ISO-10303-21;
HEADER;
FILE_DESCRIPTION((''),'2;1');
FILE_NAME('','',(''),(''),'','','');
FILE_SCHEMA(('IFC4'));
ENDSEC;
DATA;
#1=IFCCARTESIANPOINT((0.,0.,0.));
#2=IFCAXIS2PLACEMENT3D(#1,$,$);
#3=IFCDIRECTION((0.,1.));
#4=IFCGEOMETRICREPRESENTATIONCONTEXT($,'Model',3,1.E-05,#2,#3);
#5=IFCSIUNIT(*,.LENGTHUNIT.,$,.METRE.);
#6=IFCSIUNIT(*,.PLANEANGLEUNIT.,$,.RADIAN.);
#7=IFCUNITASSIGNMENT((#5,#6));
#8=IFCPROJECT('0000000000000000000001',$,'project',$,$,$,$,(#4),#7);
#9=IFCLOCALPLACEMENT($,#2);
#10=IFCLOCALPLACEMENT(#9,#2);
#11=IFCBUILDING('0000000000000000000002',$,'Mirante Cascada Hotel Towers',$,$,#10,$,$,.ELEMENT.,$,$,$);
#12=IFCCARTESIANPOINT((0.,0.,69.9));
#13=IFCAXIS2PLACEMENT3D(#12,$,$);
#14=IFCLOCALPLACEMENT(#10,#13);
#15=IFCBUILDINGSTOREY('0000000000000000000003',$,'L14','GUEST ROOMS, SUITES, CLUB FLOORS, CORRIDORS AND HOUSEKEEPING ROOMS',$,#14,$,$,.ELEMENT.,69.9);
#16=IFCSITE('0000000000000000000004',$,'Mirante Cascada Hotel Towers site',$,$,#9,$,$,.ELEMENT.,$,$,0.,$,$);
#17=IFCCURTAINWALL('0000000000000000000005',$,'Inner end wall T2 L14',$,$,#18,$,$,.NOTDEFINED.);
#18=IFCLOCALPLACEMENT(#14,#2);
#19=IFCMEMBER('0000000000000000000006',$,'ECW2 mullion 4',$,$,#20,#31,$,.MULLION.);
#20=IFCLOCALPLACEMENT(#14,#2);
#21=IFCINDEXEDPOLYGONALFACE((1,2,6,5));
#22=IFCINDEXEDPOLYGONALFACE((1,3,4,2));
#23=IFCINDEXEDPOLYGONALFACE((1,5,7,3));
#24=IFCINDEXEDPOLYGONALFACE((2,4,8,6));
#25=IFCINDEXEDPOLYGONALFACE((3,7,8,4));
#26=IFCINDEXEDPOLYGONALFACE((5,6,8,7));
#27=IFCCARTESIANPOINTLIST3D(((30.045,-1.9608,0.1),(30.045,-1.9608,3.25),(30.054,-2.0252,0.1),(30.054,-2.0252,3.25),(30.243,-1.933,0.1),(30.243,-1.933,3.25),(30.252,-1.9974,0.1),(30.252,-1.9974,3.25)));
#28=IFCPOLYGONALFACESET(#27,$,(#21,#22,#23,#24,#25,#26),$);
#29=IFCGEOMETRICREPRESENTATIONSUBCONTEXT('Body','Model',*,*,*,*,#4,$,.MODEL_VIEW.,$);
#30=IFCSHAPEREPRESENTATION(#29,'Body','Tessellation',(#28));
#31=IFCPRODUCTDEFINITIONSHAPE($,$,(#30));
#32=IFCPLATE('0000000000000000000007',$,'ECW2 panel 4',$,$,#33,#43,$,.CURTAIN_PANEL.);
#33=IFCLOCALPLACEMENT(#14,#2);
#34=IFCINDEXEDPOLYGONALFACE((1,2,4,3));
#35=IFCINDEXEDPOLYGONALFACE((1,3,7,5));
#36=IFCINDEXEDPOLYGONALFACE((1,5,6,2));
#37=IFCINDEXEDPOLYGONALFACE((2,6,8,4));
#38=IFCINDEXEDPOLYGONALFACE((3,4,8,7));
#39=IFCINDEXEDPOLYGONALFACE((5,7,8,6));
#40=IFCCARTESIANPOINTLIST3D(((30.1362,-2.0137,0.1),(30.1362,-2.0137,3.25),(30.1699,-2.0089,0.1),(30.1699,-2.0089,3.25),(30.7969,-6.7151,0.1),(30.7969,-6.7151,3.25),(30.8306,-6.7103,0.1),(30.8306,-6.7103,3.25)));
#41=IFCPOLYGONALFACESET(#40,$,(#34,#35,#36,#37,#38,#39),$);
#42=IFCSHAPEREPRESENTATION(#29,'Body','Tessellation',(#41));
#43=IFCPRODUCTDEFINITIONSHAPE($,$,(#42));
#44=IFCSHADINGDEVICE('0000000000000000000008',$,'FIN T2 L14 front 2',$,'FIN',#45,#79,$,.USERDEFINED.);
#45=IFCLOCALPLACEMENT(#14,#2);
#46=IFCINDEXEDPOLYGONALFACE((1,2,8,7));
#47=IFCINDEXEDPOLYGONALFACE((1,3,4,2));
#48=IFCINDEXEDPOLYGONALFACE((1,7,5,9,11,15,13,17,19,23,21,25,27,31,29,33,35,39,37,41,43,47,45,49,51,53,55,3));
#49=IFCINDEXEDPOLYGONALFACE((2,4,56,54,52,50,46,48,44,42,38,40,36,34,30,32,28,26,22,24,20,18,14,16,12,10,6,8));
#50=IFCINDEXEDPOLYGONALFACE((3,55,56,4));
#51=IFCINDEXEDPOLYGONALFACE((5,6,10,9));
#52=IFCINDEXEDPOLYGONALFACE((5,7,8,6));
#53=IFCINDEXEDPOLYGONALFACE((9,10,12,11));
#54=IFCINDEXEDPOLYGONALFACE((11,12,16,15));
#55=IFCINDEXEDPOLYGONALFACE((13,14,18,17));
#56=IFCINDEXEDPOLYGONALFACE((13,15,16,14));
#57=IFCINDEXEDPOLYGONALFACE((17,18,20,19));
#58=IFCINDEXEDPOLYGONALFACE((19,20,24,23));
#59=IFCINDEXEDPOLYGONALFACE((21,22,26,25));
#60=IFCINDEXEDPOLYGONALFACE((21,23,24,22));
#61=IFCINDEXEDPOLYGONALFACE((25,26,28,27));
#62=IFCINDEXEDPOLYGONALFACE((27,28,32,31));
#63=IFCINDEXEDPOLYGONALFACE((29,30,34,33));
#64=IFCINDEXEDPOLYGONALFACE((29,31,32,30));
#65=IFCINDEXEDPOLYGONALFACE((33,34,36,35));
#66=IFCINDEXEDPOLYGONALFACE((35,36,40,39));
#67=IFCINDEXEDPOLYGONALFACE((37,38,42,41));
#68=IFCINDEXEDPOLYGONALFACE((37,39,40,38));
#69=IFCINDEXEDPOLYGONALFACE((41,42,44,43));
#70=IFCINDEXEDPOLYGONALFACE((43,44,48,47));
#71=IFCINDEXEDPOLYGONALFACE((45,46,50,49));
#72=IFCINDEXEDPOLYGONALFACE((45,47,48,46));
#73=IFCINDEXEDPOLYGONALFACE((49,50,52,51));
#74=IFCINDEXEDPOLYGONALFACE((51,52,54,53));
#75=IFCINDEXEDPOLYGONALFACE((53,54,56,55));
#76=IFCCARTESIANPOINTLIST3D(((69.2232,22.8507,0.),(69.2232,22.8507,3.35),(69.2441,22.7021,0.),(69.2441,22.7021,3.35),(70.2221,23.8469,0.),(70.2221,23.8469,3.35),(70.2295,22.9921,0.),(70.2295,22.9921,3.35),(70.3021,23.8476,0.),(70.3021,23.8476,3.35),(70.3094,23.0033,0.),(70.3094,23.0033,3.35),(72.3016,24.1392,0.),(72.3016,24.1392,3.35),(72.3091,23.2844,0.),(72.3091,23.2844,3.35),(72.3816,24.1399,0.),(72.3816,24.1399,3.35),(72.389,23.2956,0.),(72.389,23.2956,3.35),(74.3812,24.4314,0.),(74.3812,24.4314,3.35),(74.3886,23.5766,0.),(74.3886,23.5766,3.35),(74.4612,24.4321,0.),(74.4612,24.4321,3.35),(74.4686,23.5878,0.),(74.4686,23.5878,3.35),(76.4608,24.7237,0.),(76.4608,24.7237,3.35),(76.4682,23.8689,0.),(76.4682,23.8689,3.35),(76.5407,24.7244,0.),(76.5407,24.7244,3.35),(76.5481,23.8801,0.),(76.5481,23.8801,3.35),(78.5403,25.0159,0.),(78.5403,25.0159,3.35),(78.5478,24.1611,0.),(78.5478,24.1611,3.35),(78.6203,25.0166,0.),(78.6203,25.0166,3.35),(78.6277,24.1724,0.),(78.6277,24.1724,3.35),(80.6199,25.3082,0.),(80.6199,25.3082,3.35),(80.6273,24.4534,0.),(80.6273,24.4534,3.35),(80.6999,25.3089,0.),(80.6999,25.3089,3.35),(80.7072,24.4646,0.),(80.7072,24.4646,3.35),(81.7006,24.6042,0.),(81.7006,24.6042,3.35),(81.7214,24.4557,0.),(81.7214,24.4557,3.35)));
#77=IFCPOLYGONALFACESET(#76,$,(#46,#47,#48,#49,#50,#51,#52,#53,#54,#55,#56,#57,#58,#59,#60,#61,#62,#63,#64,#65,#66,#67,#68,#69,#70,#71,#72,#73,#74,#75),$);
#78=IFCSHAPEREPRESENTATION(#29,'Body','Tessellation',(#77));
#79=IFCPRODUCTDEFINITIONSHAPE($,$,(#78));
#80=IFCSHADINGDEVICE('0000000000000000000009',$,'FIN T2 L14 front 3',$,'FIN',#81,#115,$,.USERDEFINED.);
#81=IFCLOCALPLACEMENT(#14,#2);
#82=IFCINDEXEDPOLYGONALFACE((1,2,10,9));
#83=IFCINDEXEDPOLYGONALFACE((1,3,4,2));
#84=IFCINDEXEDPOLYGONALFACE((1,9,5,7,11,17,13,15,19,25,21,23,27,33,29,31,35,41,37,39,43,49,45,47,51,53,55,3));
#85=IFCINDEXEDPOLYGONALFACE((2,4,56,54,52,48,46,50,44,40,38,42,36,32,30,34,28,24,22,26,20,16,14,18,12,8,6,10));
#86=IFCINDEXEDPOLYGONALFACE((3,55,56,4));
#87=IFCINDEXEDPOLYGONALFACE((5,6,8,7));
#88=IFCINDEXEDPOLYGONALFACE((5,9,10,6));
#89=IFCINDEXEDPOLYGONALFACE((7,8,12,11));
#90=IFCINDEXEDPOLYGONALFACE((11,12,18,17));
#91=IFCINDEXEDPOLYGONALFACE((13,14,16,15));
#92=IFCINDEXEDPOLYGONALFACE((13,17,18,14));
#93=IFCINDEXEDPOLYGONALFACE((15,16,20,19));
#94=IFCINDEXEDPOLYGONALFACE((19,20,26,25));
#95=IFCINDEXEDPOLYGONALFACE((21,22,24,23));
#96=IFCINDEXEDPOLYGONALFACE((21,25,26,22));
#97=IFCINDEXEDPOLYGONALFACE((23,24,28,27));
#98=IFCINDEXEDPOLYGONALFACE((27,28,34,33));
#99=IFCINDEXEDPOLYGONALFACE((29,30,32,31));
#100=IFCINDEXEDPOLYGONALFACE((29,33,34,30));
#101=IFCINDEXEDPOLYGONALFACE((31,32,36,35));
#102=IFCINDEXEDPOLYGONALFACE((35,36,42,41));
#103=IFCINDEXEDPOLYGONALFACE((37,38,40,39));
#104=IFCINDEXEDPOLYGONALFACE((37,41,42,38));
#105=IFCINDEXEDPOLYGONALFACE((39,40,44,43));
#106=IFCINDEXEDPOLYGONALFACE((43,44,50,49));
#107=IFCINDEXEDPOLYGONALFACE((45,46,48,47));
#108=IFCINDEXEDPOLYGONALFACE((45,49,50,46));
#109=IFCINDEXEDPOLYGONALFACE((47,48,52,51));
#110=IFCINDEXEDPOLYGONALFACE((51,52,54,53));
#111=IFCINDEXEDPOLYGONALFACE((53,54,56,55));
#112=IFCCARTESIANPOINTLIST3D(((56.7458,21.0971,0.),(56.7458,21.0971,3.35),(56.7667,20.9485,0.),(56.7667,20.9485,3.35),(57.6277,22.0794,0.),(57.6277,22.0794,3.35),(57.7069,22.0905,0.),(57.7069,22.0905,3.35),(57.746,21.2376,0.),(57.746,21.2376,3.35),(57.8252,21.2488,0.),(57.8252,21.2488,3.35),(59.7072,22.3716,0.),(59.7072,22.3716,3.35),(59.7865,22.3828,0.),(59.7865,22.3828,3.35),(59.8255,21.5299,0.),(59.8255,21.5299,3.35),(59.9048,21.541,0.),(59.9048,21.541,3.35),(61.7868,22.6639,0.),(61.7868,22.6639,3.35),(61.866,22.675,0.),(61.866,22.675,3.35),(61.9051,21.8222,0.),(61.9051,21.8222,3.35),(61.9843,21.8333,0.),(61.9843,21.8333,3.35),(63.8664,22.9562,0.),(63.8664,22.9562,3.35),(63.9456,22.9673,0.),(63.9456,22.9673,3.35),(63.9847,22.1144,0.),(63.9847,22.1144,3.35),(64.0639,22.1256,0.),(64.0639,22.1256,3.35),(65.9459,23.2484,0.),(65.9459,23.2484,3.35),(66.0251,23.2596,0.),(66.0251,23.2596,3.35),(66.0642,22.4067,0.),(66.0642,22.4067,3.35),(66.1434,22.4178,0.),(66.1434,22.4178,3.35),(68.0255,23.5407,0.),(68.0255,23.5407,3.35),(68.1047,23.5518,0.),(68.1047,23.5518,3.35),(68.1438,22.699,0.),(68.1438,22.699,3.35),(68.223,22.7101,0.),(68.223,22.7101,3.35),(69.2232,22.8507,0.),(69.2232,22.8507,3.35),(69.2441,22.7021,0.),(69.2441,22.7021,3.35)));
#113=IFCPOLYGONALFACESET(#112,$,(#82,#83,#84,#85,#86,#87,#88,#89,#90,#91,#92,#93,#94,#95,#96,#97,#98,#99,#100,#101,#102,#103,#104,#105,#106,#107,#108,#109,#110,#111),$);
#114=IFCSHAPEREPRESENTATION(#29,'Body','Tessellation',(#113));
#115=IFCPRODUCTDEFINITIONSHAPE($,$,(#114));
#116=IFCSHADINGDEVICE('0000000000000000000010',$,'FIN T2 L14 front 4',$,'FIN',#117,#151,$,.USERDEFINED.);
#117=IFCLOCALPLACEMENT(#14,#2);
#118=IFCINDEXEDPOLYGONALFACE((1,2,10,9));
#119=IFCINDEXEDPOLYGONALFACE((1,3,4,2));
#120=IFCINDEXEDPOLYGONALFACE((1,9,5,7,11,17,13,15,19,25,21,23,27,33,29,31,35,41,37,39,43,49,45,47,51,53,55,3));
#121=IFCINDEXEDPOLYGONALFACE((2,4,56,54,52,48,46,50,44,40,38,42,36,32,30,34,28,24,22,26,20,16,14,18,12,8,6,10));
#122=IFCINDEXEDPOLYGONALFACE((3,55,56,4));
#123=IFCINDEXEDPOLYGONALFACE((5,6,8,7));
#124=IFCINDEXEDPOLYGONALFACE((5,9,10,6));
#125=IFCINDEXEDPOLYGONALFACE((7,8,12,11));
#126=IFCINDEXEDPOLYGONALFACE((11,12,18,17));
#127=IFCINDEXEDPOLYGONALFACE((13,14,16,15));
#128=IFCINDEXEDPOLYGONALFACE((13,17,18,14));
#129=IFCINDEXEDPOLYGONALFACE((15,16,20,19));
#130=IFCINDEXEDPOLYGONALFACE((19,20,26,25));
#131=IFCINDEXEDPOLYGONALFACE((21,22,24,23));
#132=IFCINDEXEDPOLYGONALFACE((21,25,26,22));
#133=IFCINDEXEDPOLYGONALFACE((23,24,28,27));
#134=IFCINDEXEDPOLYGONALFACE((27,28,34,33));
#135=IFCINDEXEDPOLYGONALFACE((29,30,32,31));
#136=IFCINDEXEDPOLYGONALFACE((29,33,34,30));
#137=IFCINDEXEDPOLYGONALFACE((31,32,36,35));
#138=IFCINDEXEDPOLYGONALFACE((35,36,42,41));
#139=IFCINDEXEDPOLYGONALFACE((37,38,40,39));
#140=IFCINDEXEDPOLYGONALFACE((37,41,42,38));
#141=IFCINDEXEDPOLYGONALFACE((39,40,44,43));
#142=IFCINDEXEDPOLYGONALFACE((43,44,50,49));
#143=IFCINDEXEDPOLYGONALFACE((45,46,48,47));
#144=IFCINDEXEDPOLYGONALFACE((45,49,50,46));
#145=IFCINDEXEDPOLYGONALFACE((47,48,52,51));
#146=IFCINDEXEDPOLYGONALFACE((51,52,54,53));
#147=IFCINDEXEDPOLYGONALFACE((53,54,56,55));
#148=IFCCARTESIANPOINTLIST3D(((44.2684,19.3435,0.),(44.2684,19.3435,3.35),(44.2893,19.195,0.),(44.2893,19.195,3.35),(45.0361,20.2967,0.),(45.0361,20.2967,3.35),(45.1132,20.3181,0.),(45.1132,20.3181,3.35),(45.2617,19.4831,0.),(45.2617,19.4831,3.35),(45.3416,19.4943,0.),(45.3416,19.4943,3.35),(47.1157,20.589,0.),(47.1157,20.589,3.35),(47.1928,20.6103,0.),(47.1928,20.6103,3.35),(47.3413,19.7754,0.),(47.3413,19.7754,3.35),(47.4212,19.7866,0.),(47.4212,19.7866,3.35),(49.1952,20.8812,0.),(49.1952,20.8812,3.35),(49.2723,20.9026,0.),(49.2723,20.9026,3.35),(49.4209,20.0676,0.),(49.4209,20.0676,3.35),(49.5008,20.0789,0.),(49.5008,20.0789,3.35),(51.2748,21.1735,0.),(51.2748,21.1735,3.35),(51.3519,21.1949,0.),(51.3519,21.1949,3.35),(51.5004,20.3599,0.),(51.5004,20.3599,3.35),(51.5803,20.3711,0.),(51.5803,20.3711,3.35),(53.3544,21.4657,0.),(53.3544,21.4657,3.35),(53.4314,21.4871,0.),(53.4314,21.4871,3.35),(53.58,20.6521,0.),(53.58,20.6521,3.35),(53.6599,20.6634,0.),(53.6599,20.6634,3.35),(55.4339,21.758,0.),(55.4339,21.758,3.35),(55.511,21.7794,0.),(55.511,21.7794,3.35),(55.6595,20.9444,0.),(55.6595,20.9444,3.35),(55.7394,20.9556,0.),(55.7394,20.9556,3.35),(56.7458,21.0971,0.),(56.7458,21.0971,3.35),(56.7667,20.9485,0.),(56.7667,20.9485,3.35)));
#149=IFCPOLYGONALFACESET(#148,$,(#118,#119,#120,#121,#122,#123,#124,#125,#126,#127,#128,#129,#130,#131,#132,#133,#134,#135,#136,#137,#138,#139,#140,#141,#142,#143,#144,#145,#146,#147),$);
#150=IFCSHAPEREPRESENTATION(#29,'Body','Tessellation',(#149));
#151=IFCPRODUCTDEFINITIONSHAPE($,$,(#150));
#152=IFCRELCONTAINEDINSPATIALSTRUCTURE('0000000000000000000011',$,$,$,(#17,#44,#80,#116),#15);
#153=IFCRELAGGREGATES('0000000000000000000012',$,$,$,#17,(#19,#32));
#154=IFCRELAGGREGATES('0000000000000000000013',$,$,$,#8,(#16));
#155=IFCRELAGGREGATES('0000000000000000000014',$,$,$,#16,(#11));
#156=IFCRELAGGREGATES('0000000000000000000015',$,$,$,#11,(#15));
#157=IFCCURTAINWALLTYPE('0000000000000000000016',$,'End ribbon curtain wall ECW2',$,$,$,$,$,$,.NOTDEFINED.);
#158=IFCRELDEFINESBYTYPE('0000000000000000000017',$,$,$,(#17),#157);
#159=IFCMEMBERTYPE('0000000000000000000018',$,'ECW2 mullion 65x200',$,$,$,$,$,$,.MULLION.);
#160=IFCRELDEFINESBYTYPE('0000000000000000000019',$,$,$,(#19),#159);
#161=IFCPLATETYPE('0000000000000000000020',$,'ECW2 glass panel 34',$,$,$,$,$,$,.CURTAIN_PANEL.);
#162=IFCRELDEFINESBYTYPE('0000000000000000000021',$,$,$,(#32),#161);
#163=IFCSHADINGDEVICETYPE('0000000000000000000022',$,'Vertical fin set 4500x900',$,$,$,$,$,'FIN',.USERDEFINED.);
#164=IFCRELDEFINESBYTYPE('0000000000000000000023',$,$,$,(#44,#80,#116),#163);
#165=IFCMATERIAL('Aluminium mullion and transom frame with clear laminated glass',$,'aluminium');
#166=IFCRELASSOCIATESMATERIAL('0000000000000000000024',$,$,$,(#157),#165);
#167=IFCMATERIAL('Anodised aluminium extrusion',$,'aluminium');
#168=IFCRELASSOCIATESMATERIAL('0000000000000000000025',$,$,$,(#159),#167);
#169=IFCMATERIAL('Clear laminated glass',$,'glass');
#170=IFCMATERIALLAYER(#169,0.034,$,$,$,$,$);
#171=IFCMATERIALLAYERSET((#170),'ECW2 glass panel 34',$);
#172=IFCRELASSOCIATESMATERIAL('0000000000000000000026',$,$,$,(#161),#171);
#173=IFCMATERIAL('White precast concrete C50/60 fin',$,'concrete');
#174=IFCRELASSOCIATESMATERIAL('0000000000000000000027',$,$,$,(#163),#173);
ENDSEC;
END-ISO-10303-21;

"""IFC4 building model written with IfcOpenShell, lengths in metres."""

from ifc_helpers import new_model, si_unit, direction, frame, origin, origin_2d, place, context, subcontext, project, spatial, polyline, rectangle, outline, extrude, material, layer, layer_set, material_profile, profile_set, type_object, element, aggregate, save


model = new_model("IFC4")

# Units and contexts
model_context = context("Model", 3, precision=1e-05, world=origin(), true_north=direction((0.0, 1.0)))
body_context = subcontext(model_context, "Body", "Model", "MODEL_VIEW")
ifc_project = project(units=[si_unit("LENGTHUNIT", "METRE"), si_unit("PLANEANGLEUNIT", "RADIAN")], contexts=[model_context])

# Site, building, storey
site_placement = place(None, origin())
site = spatial("IfcSite", under=ifc_project, at=site_placement, Name="Mirante Cascada Hotel Towers site", CompositionType="ELEMENT", RefElevation=0.0)
building_placement = place(site_placement, origin())
building = spatial("IfcBuilding", under=site, at=building_placement, Name="Mirante Cascada Hotel Towers", CompositionType="ELEMENT")
storey_placement = place(building_placement, frame((0.0, 0.0, 69.9)))
storey = spatial("IfcBuildingStorey", under=building, at=storey_placement, Name="L14", Description="GUEST ROOMS, SUITES, CLUB FLOORS, CORRIDORS AND HOUSEKEEPING ROOMS", CompositionType="ELEMENT", Elevation=69.9)

# Curtain wall, member, plate
ifc_material_1 = material(Name="Aluminium mullion and transom frame with clear laminated glass", Category="aluminium")
curtain_wall_type = type_object("IfcCurtainWallType", Name="End ribbon curtain wall ECW2", PredefinedType="NOTDEFINED", material=ifc_material_1)
curtain_wall_placement = place(storey_placement, origin())
curtain_wall = element("IfcCurtainWall", 1, at=curtain_wall_placement, inside=storey, type_object=curtain_wall_type, Name="Inner end wall T2 L14", PredefinedType="NOTDEFINED")
ifc_material_2 = material(Name="Anodised aluminium extrusion", Category="aluminium")
ifc_material_profile = material_profile(ifc_material_2, rectangle(XDim=0.2, YDim=0.065, at=origin_2d()), Name="ECW2 MULLION 65x200")
ifc_profile_set = profile_set([ifc_material_profile], Name="Anodised aluminium extrusion")
member_type = type_object("IfcMemberType", Name="ECW2 mullion 65x200", PredefinedType="MULLION", material=ifc_profile_set)
member_placement = place(storey_placement, frame((30.1485, -1.9791, 0.1), z_axis=(0.0, 0.0, 1.0), x_axis=(0.990268, 0.139173, 0.0)))
member = element("IfcMember", 2, at=member_placement, type_object=member_type, Name="ECW2 mullion 4", PredefinedType="MULLION", context=body_context, shape_type="SweptSolid", body=[
    extrude(rectangle(XDim=0.2, YDim=0.065, at=origin_2d()), origin(), (0.0, 0.0, 1.0), 3.15),
])
ifc_material_3 = material(Name="Clear laminated glass", Category="glass")
ifc_layer = layer(ifc_material_3, 0.034)
ifc_layer_set = layer_set([ifc_layer], Name="ECW2 glass panel 34")
plate_type = type_object("IfcPlateType", Name="ECW2 glass panel 34", PredefinedType="CURTAIN_PANEL", material=ifc_layer_set)
plate_placement = place(storey_placement, frame((30.4834, -4.362, 0.1), z_axis=(0.0, 0.0, 1.0), x_axis=(0.139173, -0.990268, 0.0)))
plate = element("IfcPlate", 3, at=plate_placement, type_object=plate_type, Name="ECW2 panel 4", PredefinedType="CURTAIN_PANEL", context=body_context, shape_type="SweptSolid", body=[
    extrude(rectangle(XDim=4.7476, YDim=0.034, at=origin_2d()), origin(), (0.0, 0.0, 1.0), 3.15),
])
aggregate(curtain_wall, [member, plate])

# Shading devices
ifc_material_4 = material(Name="White precast concrete C50/60 fin", Category="concrete")
shading_device_type = type_object("IfcShadingDeviceType", Name="Vertical fin set 4500x900", ElementType="FIN", PredefinedType="USERDEFINED", material=ifc_material_4)
shading_device_1_placement = place(storey_placement, origin())
element("IfcShadingDevice", 4, at=shading_device_1_placement, inside=storey, type_object=shading_device_type, Name="FIN T2 L14 front 2", ObjectType="FIN", PredefinedType="USERDEFINED", context=body_context, shape_type="SweptSolid", body=[
    extrude(outline(polyline([(70.3021, 23.8476), (70.3094, 23.0033), (72.3091, 23.2844), (72.3016, 24.1392), (72.3816, 24.1399), (72.389, 23.2956), (74.3886, 23.5766), (74.3812, 24.4314), (74.4612, 24.4321), (74.4686, 23.5878), (76.4682, 23.8689), (76.4608, 24.7237), (76.5407, 24.7244), (76.5481, 23.8801), (78.5478, 24.1611), (78.5403, 25.0159), (78.6203, 25.0166), (78.6277, 24.1724), (80.6273, 24.4534), (80.6199, 25.3082), (80.6999, 25.3089), (80.7072, 24.4646), (81.7006, 24.6042), (81.7214, 24.4557), (69.2441, 22.7021), (69.2232, 22.8507), (70.2295, 22.9921), (70.2221, 23.8469), (70.3021, 23.8476)])), origin(), (0.0, 0.0, 1.0), 3.35),
])
shading_device_2_placement = place(storey_placement, origin())
element("IfcShadingDevice", 5, at=shading_device_2_placement, inside=storey, type_object=shading_device_type, Name="FIN T2 L14 front 3", ObjectType="FIN", PredefinedType="USERDEFINED", context=body_context, shape_type="SweptSolid", body=[
    extrude(outline(polyline([(57.7069, 22.0905), (57.8252, 21.2488), (59.8255, 21.5299), (59.7072, 22.3716), (59.7865, 22.3828), (59.9048, 21.541), (61.9051, 21.8222), (61.7868, 22.6639), (61.866, 22.675), (61.9843, 21.8333), (63.9847, 22.1144), (63.8664, 22.9562), (63.9456, 22.9673), (64.0639, 22.1256), (66.0642, 22.4067), (65.9459, 23.2484), (66.0251, 23.2596), (66.1434, 22.4178), (68.1438, 22.699), (68.0255, 23.5407), (68.1047, 23.5518), (68.223, 22.7101), (69.2232, 22.8507), (69.2441, 22.7021), (56.7667, 20.9485), (56.7458, 21.0971), (57.746, 21.2376), (57.6277, 22.0794), (57.7069, 22.0905)])), origin(), (0.0, 0.0, 1.0), 3.35),
])
shading_device_3_placement = place(storey_placement, origin())
element("IfcShadingDevice", 6, at=shading_device_3_placement, inside=storey, type_object=shading_device_type, Name="FIN T2 L14 front 4", ObjectType="FIN", PredefinedType="USERDEFINED", context=body_context, shape_type="SweptSolid", body=[
    extrude(outline(polyline([(45.1132, 20.3181), (45.3416, 19.4943), (47.3413, 19.7754), (47.1157, 20.589), (47.1928, 20.6103), (47.4212, 19.7866), (49.4209, 20.0676), (49.1952, 20.8812), (49.2723, 20.9026), (49.5008, 20.0789), (51.5004, 20.3599), (51.2748, 21.1735), (51.3519, 21.1949), (51.5803, 20.3711), (53.58, 20.6521), (53.3544, 21.4657), (53.4314, 21.4871), (53.6599, 20.6634), (55.6595, 20.9444), (55.4339, 21.758), (55.511, 21.7794), (55.7394, 20.9556), (56.7458, 21.0971), (56.7667, 20.9485), (44.2893, 19.195), (44.2684, 19.3435), (45.2617, 19.4831), (45.0361, 20.2967), (45.1132, 20.3181)])), origin(), (0.0, 0.0, 1.0), 3.35),
])

save(model, "model.ifc")
